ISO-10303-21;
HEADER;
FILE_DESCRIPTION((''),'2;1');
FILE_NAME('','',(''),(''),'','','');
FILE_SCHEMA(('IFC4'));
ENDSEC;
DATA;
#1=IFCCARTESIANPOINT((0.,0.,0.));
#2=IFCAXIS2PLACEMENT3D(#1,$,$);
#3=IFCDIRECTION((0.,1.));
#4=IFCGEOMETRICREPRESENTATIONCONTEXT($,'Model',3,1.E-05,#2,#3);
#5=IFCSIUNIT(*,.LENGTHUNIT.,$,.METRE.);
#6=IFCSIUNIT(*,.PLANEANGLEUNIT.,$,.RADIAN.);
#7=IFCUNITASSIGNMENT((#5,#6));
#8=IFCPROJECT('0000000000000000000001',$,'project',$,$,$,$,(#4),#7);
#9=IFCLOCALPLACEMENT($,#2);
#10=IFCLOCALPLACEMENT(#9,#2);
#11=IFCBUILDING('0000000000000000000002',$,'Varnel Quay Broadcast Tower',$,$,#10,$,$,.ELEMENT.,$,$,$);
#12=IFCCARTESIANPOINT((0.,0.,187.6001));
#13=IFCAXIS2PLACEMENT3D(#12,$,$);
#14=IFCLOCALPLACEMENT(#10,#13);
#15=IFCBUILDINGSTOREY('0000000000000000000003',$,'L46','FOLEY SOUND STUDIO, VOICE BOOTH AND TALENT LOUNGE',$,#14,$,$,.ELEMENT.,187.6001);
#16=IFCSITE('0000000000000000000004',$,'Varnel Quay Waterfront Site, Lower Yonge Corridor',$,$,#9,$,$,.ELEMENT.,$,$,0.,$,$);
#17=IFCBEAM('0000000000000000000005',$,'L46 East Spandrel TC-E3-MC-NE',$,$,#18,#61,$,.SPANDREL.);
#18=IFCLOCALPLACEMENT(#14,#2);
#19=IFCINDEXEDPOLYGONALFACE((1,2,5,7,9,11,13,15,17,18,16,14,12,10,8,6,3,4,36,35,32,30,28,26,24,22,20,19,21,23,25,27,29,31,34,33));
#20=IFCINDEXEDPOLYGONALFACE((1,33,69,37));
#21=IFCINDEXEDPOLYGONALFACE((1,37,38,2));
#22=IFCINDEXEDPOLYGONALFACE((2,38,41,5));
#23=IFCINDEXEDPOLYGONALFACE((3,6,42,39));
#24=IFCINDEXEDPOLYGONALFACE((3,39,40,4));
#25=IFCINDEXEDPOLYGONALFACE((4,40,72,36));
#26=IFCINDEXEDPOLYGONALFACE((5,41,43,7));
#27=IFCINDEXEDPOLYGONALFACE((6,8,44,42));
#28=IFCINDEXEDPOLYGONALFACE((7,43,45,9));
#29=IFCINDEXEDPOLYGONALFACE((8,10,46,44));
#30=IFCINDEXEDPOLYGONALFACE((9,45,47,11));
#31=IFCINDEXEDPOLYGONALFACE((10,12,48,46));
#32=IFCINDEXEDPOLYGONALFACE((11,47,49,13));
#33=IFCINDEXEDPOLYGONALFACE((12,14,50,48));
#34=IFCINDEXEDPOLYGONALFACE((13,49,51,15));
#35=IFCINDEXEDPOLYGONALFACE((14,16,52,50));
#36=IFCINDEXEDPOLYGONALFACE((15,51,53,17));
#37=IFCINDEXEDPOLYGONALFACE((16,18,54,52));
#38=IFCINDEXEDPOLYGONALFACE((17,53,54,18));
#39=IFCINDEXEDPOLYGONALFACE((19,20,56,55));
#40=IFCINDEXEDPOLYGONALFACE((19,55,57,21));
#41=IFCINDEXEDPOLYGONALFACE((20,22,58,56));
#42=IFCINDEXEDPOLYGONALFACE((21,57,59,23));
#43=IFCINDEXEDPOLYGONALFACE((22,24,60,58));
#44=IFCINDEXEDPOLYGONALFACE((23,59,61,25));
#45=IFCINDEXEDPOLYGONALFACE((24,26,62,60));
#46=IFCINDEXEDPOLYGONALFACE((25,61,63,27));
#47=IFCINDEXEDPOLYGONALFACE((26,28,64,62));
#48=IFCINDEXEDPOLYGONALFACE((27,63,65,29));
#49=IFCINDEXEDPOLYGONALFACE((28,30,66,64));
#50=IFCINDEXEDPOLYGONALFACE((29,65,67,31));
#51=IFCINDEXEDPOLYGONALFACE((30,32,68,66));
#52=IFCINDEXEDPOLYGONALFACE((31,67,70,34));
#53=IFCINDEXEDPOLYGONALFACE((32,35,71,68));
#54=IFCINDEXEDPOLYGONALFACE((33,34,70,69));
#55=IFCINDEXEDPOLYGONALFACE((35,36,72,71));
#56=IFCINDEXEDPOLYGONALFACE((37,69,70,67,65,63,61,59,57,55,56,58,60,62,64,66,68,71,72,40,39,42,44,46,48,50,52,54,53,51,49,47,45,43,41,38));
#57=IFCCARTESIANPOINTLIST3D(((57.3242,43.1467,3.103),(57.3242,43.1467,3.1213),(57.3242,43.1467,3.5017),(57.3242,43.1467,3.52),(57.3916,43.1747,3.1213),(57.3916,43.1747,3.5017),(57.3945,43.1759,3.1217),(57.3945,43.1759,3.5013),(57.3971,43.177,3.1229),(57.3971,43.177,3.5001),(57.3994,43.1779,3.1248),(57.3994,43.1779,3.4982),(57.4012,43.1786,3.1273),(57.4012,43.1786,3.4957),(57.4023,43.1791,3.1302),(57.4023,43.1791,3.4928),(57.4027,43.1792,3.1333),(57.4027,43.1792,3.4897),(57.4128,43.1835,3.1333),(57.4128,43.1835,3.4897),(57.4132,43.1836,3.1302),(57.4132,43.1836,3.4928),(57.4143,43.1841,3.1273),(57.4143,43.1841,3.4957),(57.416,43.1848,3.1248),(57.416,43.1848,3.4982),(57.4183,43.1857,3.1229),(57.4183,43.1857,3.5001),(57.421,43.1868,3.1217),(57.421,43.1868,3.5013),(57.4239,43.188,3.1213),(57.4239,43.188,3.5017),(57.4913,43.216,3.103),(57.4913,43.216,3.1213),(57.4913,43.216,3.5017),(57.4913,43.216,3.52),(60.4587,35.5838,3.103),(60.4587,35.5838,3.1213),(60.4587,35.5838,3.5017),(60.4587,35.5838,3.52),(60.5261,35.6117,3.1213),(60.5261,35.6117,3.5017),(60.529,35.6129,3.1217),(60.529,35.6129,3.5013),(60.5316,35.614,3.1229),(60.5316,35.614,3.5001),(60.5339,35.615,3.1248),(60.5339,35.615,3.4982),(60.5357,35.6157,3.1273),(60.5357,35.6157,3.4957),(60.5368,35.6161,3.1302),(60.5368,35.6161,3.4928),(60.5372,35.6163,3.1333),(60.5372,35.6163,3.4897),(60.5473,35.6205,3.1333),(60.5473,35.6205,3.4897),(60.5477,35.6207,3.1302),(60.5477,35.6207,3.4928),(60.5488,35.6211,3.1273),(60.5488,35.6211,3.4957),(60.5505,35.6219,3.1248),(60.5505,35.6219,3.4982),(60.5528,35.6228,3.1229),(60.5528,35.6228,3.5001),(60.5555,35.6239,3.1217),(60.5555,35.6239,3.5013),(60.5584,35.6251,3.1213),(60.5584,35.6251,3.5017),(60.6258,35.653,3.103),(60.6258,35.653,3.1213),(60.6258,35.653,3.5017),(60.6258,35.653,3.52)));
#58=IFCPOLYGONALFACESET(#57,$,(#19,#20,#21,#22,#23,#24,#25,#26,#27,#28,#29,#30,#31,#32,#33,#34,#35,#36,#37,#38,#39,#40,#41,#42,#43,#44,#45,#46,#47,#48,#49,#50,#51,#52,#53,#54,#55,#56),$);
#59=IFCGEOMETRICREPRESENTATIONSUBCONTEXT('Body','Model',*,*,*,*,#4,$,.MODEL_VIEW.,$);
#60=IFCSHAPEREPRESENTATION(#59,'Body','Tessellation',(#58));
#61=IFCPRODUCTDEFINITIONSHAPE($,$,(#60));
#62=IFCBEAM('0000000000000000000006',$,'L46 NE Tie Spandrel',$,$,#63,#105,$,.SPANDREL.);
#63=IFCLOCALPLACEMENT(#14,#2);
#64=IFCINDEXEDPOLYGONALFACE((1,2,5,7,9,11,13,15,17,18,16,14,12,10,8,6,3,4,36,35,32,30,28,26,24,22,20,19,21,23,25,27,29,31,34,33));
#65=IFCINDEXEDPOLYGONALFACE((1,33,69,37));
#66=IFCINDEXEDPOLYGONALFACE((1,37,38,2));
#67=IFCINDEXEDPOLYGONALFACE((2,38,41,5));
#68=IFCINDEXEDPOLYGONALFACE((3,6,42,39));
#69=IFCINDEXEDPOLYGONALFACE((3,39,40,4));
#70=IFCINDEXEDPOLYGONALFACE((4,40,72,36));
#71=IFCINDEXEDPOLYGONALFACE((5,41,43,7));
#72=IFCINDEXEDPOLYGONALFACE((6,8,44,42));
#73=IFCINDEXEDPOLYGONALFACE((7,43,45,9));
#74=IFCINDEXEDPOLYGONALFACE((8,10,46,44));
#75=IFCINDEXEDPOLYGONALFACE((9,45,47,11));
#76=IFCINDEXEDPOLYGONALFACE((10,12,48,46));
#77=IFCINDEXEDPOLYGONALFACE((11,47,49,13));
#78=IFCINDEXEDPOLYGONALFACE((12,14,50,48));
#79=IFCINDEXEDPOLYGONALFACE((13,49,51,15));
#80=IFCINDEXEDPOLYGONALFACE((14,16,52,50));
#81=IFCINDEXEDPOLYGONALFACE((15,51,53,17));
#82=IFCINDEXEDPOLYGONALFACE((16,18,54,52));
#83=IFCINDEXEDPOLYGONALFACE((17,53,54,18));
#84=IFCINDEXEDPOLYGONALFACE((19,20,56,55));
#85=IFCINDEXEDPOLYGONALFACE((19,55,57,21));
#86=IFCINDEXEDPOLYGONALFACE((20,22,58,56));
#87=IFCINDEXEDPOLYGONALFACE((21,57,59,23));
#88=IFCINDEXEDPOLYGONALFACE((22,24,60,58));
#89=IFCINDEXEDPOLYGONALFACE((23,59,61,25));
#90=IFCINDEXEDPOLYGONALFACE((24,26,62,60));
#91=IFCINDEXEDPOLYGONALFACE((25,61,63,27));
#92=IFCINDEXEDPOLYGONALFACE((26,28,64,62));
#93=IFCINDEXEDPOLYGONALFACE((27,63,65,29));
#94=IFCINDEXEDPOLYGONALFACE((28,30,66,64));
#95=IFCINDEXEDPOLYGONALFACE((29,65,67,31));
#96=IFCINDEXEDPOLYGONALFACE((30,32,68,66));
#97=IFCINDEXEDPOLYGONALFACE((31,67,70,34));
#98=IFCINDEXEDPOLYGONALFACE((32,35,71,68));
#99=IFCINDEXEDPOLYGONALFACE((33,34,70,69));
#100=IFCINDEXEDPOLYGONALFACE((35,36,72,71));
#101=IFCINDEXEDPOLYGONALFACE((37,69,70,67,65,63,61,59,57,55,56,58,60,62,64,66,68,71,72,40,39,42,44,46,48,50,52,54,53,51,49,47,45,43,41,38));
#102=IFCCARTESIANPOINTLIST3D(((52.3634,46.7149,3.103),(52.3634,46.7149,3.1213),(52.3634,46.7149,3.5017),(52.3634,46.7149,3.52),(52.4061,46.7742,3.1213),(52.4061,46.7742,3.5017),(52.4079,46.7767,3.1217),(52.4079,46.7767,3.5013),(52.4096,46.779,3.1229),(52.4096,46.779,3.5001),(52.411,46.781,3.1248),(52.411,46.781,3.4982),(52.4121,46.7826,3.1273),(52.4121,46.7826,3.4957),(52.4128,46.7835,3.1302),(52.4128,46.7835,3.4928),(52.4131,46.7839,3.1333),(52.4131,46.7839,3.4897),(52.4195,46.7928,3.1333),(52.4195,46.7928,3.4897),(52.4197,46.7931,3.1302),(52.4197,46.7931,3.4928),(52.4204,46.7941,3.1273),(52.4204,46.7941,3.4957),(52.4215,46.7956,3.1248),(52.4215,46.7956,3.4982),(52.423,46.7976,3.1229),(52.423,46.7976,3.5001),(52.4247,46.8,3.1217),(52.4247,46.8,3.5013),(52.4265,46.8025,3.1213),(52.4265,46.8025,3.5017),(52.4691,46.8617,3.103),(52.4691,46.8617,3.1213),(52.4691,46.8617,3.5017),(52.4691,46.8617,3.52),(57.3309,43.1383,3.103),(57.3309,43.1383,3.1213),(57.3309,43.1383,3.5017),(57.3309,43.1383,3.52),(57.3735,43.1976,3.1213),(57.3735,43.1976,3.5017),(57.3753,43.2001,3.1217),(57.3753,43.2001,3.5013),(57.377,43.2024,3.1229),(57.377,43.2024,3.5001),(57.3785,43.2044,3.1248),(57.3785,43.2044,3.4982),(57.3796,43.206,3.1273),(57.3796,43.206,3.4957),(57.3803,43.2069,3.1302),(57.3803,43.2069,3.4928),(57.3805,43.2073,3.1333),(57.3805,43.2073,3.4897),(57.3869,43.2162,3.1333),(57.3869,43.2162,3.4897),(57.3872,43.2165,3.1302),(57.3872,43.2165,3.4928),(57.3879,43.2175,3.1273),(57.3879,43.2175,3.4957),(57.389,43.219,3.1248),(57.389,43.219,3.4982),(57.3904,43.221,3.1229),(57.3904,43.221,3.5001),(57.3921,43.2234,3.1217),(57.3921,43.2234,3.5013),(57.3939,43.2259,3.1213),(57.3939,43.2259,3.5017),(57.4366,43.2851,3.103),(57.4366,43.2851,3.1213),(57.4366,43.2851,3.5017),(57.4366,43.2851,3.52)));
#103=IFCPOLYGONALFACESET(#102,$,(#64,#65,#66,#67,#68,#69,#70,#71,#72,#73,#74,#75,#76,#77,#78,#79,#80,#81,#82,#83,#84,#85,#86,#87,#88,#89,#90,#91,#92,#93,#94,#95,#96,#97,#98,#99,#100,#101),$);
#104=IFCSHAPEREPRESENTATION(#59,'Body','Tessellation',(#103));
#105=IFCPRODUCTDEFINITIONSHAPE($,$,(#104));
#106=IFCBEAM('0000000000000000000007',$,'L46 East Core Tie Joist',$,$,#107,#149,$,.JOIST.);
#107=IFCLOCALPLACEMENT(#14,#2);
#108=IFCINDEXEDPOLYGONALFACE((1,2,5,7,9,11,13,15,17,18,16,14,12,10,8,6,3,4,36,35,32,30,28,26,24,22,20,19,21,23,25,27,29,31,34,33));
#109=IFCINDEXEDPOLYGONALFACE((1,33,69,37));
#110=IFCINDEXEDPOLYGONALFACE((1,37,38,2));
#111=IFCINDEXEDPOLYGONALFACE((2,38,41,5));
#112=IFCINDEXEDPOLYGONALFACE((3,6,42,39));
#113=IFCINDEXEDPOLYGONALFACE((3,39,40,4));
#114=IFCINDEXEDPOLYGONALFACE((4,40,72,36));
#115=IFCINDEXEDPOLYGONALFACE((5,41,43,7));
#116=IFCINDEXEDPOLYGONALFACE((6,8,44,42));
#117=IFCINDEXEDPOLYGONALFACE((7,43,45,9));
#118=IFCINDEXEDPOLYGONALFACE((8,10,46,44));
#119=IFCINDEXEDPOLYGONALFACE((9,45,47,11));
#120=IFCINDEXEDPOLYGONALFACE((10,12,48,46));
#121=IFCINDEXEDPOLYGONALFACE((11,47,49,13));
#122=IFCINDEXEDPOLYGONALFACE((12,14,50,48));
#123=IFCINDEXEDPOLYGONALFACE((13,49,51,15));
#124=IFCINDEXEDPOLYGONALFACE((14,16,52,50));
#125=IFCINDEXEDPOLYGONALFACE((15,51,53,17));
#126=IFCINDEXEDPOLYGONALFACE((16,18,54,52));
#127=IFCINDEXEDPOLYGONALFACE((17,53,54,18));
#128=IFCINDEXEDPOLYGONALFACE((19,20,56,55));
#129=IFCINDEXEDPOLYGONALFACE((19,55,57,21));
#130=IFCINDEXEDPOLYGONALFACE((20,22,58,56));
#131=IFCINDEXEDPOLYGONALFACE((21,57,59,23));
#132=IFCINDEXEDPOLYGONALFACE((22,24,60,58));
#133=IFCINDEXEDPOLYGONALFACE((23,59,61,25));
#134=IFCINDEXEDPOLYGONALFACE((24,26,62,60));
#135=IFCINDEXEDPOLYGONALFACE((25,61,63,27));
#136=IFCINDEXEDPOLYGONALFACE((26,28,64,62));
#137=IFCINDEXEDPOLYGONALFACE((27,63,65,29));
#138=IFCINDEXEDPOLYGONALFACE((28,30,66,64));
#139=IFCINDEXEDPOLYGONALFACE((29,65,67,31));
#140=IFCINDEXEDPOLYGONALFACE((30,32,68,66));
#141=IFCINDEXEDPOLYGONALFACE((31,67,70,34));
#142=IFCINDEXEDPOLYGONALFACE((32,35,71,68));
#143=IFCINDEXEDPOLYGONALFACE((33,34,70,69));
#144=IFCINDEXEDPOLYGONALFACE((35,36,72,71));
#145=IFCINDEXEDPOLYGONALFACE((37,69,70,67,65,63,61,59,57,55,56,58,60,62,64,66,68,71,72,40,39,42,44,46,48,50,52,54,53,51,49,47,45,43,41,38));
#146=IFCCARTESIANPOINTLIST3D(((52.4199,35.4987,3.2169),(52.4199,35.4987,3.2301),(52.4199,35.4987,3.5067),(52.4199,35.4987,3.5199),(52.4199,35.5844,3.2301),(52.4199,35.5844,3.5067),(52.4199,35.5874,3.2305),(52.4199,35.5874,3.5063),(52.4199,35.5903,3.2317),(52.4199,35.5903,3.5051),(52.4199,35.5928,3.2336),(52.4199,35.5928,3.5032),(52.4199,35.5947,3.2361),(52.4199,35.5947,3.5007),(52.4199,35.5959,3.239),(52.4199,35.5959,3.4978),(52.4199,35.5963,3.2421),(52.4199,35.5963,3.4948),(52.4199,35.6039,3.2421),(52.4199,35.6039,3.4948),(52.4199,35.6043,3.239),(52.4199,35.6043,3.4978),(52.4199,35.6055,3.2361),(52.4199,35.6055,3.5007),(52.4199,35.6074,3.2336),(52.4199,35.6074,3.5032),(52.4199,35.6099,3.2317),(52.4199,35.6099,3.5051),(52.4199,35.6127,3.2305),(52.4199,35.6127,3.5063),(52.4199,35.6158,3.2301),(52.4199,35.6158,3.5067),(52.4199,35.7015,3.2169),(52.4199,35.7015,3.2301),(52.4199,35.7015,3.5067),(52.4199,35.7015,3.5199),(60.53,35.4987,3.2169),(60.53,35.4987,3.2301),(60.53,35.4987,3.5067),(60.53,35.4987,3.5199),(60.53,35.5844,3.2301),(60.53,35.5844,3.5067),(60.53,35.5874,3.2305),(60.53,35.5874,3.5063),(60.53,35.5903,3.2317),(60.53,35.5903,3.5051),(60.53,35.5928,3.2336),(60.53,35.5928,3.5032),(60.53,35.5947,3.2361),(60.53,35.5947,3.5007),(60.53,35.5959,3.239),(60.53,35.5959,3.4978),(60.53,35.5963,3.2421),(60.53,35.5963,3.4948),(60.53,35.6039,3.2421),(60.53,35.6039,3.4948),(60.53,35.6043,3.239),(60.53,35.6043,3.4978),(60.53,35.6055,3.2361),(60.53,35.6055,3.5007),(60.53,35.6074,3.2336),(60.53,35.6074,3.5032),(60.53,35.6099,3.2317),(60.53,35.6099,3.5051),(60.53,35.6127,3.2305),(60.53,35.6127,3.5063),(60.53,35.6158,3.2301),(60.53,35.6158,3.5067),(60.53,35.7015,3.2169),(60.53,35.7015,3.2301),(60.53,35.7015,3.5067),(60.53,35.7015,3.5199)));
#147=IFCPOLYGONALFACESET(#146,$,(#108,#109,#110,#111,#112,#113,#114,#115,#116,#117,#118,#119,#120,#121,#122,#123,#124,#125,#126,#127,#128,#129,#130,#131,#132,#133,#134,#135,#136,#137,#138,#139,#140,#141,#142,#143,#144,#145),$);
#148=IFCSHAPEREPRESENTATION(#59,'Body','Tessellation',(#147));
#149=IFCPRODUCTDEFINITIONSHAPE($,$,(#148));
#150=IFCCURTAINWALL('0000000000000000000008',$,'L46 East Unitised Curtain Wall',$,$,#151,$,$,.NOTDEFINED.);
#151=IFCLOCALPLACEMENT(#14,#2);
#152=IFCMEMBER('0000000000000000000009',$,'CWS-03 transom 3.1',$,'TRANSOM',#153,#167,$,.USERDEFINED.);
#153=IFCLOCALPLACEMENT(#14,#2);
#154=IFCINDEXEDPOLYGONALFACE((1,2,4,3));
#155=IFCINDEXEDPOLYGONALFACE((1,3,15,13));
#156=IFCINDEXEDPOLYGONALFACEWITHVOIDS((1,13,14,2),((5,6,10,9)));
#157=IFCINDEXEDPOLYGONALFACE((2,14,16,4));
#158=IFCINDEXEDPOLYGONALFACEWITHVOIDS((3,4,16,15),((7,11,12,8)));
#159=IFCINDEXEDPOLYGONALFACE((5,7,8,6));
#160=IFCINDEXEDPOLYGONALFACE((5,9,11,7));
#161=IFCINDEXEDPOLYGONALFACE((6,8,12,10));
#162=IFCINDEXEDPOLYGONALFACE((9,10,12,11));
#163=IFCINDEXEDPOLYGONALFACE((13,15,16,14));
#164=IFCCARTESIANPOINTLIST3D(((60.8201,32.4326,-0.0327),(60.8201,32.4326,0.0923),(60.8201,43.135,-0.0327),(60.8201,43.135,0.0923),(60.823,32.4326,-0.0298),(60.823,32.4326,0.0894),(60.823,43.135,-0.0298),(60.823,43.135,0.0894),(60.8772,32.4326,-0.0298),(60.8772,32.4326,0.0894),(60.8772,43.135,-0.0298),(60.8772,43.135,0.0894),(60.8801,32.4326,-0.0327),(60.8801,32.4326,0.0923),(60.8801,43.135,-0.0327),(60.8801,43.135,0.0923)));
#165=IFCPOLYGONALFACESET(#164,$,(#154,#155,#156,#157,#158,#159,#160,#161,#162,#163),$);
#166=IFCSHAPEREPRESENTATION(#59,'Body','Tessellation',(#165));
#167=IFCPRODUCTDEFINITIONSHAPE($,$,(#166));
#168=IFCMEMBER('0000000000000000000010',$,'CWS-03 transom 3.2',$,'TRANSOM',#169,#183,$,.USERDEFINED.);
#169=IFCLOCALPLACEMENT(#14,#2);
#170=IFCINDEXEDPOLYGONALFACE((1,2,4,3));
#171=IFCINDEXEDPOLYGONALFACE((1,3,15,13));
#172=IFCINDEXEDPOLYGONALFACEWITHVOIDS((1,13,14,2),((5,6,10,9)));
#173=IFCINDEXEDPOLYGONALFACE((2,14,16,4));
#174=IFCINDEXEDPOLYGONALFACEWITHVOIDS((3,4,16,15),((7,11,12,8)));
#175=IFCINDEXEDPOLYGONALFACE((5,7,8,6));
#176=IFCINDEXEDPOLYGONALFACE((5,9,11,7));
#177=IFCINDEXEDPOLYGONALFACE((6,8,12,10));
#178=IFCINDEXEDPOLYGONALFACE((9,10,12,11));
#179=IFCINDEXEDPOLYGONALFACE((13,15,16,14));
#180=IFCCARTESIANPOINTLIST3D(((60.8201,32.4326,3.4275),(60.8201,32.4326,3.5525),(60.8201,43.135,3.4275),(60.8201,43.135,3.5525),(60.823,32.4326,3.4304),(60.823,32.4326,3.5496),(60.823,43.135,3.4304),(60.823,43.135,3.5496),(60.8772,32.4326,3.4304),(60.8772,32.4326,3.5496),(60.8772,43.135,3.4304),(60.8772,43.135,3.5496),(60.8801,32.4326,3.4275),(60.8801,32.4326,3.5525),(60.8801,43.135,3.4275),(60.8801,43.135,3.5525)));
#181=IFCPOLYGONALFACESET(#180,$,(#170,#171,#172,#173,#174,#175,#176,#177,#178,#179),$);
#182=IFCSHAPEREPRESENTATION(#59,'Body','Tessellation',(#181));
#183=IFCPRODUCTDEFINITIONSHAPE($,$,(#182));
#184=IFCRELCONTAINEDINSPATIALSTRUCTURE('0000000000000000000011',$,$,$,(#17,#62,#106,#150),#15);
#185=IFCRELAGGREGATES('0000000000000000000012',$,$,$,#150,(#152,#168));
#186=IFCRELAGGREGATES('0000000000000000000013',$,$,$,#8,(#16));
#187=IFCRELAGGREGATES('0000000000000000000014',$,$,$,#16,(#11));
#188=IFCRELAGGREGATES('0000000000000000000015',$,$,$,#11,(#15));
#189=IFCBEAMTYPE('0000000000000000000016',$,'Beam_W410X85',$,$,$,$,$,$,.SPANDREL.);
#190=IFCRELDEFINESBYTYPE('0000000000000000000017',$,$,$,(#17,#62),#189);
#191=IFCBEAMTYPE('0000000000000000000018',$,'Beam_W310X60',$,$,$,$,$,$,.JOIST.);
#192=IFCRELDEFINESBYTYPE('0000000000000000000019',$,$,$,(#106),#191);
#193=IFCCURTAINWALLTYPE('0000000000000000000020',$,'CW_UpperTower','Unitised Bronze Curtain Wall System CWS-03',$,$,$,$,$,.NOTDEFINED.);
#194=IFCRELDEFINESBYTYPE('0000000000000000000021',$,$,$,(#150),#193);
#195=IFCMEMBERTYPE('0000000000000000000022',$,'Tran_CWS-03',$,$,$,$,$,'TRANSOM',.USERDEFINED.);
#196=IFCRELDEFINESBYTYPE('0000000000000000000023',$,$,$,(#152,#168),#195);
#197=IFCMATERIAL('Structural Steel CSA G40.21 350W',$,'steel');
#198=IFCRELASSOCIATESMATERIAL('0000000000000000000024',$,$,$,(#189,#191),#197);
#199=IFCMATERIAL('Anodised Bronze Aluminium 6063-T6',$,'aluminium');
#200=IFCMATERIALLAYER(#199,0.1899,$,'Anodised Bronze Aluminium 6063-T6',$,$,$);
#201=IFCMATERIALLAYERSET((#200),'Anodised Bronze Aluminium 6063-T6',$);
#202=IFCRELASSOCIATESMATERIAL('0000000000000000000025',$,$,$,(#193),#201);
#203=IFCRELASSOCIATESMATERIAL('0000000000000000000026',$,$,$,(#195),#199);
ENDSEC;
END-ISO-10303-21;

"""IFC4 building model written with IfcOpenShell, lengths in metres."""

from ifc_helpers import new_model, si_unit, direction, frame, origin, origin_2d, place, context, subcontext, project, spatial, hollow_rectangle, i_section, extrude, source, transform, mapped, material, layer, layer_set, material_profile, profile_set, type_object, type_shapes, element, aggregate, save


model = new_model("IFC4")

# Units and contexts
model_context = context("Model", 3, precision=1e-05, world=origin(), true_north=direction((0.0, 1.0)))
body_context = subcontext(model_context, "Body", "Model", "MODEL_VIEW")
ifc_project = project(units=[si_unit("LENGTHUNIT", "METRE"), si_unit("PLANEANGLEUNIT", "RADIAN")], contexts=[model_context])

# Site, building, storey
site_placement = place(None, origin())
site = spatial("IfcSite", under=ifc_project, at=site_placement, Name="Varnel Quay Waterfront Site, Lower Yonge Corridor", CompositionType="ELEMENT", RefElevation=0.0)
building_placement = place(site_placement, origin())
building = spatial("IfcBuilding", under=site, at=building_placement, Name="Varnel Quay Broadcast Tower", CompositionType="ELEMENT")
storey_placement = place(building_placement, frame((0.0, 0.0, 187.6001)))
storey = spatial("IfcBuildingStorey", under=building, at=storey_placement, Name="L46", Description="FOLEY SOUND STUDIO, VOICE BOOTH AND TALENT LOUNGE", CompositionType="ELEMENT", Elevation=187.6001)

# Shared definitions
ifc_material_1 = material(Name="Structural Steel CSA G40.21 350W", Category="steel")

# Beams
ifc_material_profile_1 = material_profile(ifc_material_1, i_section(OverallWidth=0.1809, OverallDepth=0.417, WebThickness=0.011, FlangeThickness=0.0183, FilletRadius=0.012, at=origin_2d()), Name="W410X85")
ifc_profile_set_1 = profile_set([ifc_material_profile_1], Name="Structural Steel CSA G40.21 350W")
beam_type_1 = type_object("IfcBeamType", Name="Beam_W410X85", PredefinedType="SPANDREL", material=ifc_profile_set_1)
shared_shape_1 = source(origin(), body_context, "Body", "SweptSolid", [
    extrude(i_section(OverallWidth=0.1809, OverallDepth=0.417, WebThickness=0.011, FlangeThickness=0.0183, FilletRadius=0.012, at=origin_2d()), origin(), (0.0, 0.0, 1.0), 8.1868),
])
beam_1_placement = place(storey_placement, frame((60.5422, 35.6184, 3.3115), z_axis=(-0.382874, 0.923801, 0.0), x_axis=(-0.923801, -0.382874, 0.0)))
element("IfcBeam", 1, at=beam_1_placement, inside=storey, type_object=beam_type_1, Name="L46 East Spandrel TC-E3-MC-NE", PredefinedType="SPANDREL", context=body_context, shape_type="MappedRepresentation", body=[
    mapped(shared_shape_1, transform((0.0, 0.0, 0.0), x_axis=(1.0, 0.0, 0.0), y_axis=(0.0, 1.0, 0.0), z_axis=(0.0, 0.0, 1.0), scale=1.0)),
])
shared_shape_2 = source(origin(), body_context, "Body", "SweptSolid", [
    extrude(i_section(OverallWidth=0.1809, OverallDepth=0.417, WebThickness=0.011, FlangeThickness=0.0183, FilletRadius=0.012, at=origin_2d()), origin(), (0.0, 0.0, 1.0), 6.1211),
])
type_shapes(beam_type_1, [shared_shape_1, shared_shape_2])
beam_2_placement = place(storey_placement, frame((52.4163, 46.7883, 3.3115), z_axis=(0.811531, -0.584309, 0.0), x_axis=(0.584309, 0.811531, 0.0)))
element("IfcBeam", 2, at=beam_2_placement, inside=storey, type_object=beam_type_1, Name="L46 NE Tie Spandrel", PredefinedType="SPANDREL", context=body_context, shape_type="MappedRepresentation", body=[
    mapped(shared_shape_2, transform((0.0, 0.0, 0.0), x_axis=(1.0, 0.0, 0.0), y_axis=(0.0, 1.0, 0.0), z_axis=(0.0, 0.0, 1.0), scale=1.0)),
])
ifc_material_profile_2 = material_profile(ifc_material_1, i_section(OverallWidth=0.2029, OverallDepth=0.303, WebThickness=0.0076, FlangeThickness=0.0132, FilletRadius=0.012, at=origin_2d()), Name="W310X60")
ifc_profile_set_2 = profile_set([ifc_material_profile_2], Name="Structural Steel CSA G40.21 350W")
beam_type_2 = type_object("IfcBeamType", Name="Beam_W310X60", PredefinedType="JOIST", material=ifc_profile_set_2)
shared_shape_3 = source(origin(), body_context, "Body", "SweptSolid", [
    extrude(i_section(OverallWidth=0.2029, OverallDepth=0.303, WebThickness=0.0076, FlangeThickness=0.0132, FilletRadius=0.012, at=origin_2d()), origin(), (0.0, 0.0, 1.0), 8.1101),
])
type_shapes(beam_type_2, [shared_shape_3])
beam_3_placement = place(storey_placement, frame((52.4199, 35.6001, 3.3684), z_axis=(1.0, 0.0, 0.0), x_axis=(0.0, 1.0, 0.0)))
element("IfcBeam", 3, at=beam_3_placement, inside=storey, type_object=beam_type_2, Name="L46 East Core Tie Joist", PredefinedType="JOIST", context=body_context, shape_type="MappedRepresentation", body=[
    mapped(shared_shape_3, transform((0.0, 0.0, 0.0), x_axis=(1.0, 0.0, 0.0), y_axis=(0.0, 1.0, 0.0), z_axis=(0.0, 0.0, 1.0), scale=1.0)),
])

# Curtain wall, members
ifc_material_2 = material(Name="Anodised Bronze Aluminium 6063-T6", Category="aluminium")
ifc_layer_1 = layer(ifc_material_2, 0.1899, Name="Anodised Bronze Aluminium 6063-T6")
ifc_layer_set_1 = layer_set([ifc_layer_1], Name="Anodised Bronze Aluminium 6063-T6")
curtain_wall_type = type_object("IfcCurtainWallType", Name="CW_UpperTower", Description="Unitised Bronze Curtain Wall System CWS-03", PredefinedType="NOTDEFINED", material=ifc_layer_set_1)
curtain_wall_1_placement = place(storey_placement, origin())
curtain_wall_1 = element("IfcCurtainWall", 4, at=curtain_wall_1_placement, inside=storey, type_object=curtain_wall_type, Name="L46 East Unitised Curtain Wall", PredefinedType="NOTDEFINED")
ifc_material_profile_3 = material_profile(ifc_material_2, hollow_rectangle(XDim=0.0601, YDim=0.125, WallThickness=0.0029, at=origin_2d()), Name="ALU60X125X3")
ifc_profile_set_3 = profile_set([ifc_material_profile_3], Name="Anodised Bronze Aluminium 6063-T6")
member_type_1 = type_object("IfcMemberType", Name="Tran_CWS-03", ElementType="TRANSOM", PredefinedType="USERDEFINED", material=ifc_profile_set_3)
shared_shape_4 = source(origin(), body_context, "Body", "SweptSolid", [
    extrude(hollow_rectangle(XDim=0.0601, YDim=0.125, WallThickness=0.0029, at=origin_2d()), origin(), (0.0, 0.0, 1.0), 10.7024),
])
member_1_placement = place(storey_placement, frame((60.8501, 32.4326, 0.0298), z_axis=(0.0, 1.0, 0.0), x_axis=(-1.0, 0.0, 0.0)))
member_1 = element("IfcMember", 5, at=member_1_placement, type_object=member_type_1, Name="CWS-03 transom 3.1", ObjectType="TRANSOM", PredefinedType="USERDEFINED", context=body_context, shape_type="MappedRepresentation", body=[
    mapped(shared_shape_4, transform((0.0, 0.0, 0.0), x_axis=(1.0, 0.0, 0.0), y_axis=(0.0, 1.0, 0.0), z_axis=(0.0, 0.0, 1.0), scale=1.0)),
])
member_2_placement = place(storey_placement, frame((60.8501, 32.4326, 3.49), z_axis=(0.0, 1.0, 0.0), x_axis=(-1.0, 0.0, 0.0)))
member_2 = element("IfcMember", 6, at=member_2_placement, type_object=member_type_1, Name="CWS-03 transom 3.2", ObjectType="TRANSOM", PredefinedType="USERDEFINED", context=body_context, shape_type="MappedRepresentation", body=[
    mapped(shared_shape_4, transform((0.0, 0.0, 0.0), x_axis=(1.0, 0.0, 0.0), y_axis=(0.0, 1.0, 0.0), z_axis=(0.0, 0.0, 1.0), scale=1.0)),
])

aggregate(curtain_wall_1, [member_1, member_2])

save(model, "model.ifc")
